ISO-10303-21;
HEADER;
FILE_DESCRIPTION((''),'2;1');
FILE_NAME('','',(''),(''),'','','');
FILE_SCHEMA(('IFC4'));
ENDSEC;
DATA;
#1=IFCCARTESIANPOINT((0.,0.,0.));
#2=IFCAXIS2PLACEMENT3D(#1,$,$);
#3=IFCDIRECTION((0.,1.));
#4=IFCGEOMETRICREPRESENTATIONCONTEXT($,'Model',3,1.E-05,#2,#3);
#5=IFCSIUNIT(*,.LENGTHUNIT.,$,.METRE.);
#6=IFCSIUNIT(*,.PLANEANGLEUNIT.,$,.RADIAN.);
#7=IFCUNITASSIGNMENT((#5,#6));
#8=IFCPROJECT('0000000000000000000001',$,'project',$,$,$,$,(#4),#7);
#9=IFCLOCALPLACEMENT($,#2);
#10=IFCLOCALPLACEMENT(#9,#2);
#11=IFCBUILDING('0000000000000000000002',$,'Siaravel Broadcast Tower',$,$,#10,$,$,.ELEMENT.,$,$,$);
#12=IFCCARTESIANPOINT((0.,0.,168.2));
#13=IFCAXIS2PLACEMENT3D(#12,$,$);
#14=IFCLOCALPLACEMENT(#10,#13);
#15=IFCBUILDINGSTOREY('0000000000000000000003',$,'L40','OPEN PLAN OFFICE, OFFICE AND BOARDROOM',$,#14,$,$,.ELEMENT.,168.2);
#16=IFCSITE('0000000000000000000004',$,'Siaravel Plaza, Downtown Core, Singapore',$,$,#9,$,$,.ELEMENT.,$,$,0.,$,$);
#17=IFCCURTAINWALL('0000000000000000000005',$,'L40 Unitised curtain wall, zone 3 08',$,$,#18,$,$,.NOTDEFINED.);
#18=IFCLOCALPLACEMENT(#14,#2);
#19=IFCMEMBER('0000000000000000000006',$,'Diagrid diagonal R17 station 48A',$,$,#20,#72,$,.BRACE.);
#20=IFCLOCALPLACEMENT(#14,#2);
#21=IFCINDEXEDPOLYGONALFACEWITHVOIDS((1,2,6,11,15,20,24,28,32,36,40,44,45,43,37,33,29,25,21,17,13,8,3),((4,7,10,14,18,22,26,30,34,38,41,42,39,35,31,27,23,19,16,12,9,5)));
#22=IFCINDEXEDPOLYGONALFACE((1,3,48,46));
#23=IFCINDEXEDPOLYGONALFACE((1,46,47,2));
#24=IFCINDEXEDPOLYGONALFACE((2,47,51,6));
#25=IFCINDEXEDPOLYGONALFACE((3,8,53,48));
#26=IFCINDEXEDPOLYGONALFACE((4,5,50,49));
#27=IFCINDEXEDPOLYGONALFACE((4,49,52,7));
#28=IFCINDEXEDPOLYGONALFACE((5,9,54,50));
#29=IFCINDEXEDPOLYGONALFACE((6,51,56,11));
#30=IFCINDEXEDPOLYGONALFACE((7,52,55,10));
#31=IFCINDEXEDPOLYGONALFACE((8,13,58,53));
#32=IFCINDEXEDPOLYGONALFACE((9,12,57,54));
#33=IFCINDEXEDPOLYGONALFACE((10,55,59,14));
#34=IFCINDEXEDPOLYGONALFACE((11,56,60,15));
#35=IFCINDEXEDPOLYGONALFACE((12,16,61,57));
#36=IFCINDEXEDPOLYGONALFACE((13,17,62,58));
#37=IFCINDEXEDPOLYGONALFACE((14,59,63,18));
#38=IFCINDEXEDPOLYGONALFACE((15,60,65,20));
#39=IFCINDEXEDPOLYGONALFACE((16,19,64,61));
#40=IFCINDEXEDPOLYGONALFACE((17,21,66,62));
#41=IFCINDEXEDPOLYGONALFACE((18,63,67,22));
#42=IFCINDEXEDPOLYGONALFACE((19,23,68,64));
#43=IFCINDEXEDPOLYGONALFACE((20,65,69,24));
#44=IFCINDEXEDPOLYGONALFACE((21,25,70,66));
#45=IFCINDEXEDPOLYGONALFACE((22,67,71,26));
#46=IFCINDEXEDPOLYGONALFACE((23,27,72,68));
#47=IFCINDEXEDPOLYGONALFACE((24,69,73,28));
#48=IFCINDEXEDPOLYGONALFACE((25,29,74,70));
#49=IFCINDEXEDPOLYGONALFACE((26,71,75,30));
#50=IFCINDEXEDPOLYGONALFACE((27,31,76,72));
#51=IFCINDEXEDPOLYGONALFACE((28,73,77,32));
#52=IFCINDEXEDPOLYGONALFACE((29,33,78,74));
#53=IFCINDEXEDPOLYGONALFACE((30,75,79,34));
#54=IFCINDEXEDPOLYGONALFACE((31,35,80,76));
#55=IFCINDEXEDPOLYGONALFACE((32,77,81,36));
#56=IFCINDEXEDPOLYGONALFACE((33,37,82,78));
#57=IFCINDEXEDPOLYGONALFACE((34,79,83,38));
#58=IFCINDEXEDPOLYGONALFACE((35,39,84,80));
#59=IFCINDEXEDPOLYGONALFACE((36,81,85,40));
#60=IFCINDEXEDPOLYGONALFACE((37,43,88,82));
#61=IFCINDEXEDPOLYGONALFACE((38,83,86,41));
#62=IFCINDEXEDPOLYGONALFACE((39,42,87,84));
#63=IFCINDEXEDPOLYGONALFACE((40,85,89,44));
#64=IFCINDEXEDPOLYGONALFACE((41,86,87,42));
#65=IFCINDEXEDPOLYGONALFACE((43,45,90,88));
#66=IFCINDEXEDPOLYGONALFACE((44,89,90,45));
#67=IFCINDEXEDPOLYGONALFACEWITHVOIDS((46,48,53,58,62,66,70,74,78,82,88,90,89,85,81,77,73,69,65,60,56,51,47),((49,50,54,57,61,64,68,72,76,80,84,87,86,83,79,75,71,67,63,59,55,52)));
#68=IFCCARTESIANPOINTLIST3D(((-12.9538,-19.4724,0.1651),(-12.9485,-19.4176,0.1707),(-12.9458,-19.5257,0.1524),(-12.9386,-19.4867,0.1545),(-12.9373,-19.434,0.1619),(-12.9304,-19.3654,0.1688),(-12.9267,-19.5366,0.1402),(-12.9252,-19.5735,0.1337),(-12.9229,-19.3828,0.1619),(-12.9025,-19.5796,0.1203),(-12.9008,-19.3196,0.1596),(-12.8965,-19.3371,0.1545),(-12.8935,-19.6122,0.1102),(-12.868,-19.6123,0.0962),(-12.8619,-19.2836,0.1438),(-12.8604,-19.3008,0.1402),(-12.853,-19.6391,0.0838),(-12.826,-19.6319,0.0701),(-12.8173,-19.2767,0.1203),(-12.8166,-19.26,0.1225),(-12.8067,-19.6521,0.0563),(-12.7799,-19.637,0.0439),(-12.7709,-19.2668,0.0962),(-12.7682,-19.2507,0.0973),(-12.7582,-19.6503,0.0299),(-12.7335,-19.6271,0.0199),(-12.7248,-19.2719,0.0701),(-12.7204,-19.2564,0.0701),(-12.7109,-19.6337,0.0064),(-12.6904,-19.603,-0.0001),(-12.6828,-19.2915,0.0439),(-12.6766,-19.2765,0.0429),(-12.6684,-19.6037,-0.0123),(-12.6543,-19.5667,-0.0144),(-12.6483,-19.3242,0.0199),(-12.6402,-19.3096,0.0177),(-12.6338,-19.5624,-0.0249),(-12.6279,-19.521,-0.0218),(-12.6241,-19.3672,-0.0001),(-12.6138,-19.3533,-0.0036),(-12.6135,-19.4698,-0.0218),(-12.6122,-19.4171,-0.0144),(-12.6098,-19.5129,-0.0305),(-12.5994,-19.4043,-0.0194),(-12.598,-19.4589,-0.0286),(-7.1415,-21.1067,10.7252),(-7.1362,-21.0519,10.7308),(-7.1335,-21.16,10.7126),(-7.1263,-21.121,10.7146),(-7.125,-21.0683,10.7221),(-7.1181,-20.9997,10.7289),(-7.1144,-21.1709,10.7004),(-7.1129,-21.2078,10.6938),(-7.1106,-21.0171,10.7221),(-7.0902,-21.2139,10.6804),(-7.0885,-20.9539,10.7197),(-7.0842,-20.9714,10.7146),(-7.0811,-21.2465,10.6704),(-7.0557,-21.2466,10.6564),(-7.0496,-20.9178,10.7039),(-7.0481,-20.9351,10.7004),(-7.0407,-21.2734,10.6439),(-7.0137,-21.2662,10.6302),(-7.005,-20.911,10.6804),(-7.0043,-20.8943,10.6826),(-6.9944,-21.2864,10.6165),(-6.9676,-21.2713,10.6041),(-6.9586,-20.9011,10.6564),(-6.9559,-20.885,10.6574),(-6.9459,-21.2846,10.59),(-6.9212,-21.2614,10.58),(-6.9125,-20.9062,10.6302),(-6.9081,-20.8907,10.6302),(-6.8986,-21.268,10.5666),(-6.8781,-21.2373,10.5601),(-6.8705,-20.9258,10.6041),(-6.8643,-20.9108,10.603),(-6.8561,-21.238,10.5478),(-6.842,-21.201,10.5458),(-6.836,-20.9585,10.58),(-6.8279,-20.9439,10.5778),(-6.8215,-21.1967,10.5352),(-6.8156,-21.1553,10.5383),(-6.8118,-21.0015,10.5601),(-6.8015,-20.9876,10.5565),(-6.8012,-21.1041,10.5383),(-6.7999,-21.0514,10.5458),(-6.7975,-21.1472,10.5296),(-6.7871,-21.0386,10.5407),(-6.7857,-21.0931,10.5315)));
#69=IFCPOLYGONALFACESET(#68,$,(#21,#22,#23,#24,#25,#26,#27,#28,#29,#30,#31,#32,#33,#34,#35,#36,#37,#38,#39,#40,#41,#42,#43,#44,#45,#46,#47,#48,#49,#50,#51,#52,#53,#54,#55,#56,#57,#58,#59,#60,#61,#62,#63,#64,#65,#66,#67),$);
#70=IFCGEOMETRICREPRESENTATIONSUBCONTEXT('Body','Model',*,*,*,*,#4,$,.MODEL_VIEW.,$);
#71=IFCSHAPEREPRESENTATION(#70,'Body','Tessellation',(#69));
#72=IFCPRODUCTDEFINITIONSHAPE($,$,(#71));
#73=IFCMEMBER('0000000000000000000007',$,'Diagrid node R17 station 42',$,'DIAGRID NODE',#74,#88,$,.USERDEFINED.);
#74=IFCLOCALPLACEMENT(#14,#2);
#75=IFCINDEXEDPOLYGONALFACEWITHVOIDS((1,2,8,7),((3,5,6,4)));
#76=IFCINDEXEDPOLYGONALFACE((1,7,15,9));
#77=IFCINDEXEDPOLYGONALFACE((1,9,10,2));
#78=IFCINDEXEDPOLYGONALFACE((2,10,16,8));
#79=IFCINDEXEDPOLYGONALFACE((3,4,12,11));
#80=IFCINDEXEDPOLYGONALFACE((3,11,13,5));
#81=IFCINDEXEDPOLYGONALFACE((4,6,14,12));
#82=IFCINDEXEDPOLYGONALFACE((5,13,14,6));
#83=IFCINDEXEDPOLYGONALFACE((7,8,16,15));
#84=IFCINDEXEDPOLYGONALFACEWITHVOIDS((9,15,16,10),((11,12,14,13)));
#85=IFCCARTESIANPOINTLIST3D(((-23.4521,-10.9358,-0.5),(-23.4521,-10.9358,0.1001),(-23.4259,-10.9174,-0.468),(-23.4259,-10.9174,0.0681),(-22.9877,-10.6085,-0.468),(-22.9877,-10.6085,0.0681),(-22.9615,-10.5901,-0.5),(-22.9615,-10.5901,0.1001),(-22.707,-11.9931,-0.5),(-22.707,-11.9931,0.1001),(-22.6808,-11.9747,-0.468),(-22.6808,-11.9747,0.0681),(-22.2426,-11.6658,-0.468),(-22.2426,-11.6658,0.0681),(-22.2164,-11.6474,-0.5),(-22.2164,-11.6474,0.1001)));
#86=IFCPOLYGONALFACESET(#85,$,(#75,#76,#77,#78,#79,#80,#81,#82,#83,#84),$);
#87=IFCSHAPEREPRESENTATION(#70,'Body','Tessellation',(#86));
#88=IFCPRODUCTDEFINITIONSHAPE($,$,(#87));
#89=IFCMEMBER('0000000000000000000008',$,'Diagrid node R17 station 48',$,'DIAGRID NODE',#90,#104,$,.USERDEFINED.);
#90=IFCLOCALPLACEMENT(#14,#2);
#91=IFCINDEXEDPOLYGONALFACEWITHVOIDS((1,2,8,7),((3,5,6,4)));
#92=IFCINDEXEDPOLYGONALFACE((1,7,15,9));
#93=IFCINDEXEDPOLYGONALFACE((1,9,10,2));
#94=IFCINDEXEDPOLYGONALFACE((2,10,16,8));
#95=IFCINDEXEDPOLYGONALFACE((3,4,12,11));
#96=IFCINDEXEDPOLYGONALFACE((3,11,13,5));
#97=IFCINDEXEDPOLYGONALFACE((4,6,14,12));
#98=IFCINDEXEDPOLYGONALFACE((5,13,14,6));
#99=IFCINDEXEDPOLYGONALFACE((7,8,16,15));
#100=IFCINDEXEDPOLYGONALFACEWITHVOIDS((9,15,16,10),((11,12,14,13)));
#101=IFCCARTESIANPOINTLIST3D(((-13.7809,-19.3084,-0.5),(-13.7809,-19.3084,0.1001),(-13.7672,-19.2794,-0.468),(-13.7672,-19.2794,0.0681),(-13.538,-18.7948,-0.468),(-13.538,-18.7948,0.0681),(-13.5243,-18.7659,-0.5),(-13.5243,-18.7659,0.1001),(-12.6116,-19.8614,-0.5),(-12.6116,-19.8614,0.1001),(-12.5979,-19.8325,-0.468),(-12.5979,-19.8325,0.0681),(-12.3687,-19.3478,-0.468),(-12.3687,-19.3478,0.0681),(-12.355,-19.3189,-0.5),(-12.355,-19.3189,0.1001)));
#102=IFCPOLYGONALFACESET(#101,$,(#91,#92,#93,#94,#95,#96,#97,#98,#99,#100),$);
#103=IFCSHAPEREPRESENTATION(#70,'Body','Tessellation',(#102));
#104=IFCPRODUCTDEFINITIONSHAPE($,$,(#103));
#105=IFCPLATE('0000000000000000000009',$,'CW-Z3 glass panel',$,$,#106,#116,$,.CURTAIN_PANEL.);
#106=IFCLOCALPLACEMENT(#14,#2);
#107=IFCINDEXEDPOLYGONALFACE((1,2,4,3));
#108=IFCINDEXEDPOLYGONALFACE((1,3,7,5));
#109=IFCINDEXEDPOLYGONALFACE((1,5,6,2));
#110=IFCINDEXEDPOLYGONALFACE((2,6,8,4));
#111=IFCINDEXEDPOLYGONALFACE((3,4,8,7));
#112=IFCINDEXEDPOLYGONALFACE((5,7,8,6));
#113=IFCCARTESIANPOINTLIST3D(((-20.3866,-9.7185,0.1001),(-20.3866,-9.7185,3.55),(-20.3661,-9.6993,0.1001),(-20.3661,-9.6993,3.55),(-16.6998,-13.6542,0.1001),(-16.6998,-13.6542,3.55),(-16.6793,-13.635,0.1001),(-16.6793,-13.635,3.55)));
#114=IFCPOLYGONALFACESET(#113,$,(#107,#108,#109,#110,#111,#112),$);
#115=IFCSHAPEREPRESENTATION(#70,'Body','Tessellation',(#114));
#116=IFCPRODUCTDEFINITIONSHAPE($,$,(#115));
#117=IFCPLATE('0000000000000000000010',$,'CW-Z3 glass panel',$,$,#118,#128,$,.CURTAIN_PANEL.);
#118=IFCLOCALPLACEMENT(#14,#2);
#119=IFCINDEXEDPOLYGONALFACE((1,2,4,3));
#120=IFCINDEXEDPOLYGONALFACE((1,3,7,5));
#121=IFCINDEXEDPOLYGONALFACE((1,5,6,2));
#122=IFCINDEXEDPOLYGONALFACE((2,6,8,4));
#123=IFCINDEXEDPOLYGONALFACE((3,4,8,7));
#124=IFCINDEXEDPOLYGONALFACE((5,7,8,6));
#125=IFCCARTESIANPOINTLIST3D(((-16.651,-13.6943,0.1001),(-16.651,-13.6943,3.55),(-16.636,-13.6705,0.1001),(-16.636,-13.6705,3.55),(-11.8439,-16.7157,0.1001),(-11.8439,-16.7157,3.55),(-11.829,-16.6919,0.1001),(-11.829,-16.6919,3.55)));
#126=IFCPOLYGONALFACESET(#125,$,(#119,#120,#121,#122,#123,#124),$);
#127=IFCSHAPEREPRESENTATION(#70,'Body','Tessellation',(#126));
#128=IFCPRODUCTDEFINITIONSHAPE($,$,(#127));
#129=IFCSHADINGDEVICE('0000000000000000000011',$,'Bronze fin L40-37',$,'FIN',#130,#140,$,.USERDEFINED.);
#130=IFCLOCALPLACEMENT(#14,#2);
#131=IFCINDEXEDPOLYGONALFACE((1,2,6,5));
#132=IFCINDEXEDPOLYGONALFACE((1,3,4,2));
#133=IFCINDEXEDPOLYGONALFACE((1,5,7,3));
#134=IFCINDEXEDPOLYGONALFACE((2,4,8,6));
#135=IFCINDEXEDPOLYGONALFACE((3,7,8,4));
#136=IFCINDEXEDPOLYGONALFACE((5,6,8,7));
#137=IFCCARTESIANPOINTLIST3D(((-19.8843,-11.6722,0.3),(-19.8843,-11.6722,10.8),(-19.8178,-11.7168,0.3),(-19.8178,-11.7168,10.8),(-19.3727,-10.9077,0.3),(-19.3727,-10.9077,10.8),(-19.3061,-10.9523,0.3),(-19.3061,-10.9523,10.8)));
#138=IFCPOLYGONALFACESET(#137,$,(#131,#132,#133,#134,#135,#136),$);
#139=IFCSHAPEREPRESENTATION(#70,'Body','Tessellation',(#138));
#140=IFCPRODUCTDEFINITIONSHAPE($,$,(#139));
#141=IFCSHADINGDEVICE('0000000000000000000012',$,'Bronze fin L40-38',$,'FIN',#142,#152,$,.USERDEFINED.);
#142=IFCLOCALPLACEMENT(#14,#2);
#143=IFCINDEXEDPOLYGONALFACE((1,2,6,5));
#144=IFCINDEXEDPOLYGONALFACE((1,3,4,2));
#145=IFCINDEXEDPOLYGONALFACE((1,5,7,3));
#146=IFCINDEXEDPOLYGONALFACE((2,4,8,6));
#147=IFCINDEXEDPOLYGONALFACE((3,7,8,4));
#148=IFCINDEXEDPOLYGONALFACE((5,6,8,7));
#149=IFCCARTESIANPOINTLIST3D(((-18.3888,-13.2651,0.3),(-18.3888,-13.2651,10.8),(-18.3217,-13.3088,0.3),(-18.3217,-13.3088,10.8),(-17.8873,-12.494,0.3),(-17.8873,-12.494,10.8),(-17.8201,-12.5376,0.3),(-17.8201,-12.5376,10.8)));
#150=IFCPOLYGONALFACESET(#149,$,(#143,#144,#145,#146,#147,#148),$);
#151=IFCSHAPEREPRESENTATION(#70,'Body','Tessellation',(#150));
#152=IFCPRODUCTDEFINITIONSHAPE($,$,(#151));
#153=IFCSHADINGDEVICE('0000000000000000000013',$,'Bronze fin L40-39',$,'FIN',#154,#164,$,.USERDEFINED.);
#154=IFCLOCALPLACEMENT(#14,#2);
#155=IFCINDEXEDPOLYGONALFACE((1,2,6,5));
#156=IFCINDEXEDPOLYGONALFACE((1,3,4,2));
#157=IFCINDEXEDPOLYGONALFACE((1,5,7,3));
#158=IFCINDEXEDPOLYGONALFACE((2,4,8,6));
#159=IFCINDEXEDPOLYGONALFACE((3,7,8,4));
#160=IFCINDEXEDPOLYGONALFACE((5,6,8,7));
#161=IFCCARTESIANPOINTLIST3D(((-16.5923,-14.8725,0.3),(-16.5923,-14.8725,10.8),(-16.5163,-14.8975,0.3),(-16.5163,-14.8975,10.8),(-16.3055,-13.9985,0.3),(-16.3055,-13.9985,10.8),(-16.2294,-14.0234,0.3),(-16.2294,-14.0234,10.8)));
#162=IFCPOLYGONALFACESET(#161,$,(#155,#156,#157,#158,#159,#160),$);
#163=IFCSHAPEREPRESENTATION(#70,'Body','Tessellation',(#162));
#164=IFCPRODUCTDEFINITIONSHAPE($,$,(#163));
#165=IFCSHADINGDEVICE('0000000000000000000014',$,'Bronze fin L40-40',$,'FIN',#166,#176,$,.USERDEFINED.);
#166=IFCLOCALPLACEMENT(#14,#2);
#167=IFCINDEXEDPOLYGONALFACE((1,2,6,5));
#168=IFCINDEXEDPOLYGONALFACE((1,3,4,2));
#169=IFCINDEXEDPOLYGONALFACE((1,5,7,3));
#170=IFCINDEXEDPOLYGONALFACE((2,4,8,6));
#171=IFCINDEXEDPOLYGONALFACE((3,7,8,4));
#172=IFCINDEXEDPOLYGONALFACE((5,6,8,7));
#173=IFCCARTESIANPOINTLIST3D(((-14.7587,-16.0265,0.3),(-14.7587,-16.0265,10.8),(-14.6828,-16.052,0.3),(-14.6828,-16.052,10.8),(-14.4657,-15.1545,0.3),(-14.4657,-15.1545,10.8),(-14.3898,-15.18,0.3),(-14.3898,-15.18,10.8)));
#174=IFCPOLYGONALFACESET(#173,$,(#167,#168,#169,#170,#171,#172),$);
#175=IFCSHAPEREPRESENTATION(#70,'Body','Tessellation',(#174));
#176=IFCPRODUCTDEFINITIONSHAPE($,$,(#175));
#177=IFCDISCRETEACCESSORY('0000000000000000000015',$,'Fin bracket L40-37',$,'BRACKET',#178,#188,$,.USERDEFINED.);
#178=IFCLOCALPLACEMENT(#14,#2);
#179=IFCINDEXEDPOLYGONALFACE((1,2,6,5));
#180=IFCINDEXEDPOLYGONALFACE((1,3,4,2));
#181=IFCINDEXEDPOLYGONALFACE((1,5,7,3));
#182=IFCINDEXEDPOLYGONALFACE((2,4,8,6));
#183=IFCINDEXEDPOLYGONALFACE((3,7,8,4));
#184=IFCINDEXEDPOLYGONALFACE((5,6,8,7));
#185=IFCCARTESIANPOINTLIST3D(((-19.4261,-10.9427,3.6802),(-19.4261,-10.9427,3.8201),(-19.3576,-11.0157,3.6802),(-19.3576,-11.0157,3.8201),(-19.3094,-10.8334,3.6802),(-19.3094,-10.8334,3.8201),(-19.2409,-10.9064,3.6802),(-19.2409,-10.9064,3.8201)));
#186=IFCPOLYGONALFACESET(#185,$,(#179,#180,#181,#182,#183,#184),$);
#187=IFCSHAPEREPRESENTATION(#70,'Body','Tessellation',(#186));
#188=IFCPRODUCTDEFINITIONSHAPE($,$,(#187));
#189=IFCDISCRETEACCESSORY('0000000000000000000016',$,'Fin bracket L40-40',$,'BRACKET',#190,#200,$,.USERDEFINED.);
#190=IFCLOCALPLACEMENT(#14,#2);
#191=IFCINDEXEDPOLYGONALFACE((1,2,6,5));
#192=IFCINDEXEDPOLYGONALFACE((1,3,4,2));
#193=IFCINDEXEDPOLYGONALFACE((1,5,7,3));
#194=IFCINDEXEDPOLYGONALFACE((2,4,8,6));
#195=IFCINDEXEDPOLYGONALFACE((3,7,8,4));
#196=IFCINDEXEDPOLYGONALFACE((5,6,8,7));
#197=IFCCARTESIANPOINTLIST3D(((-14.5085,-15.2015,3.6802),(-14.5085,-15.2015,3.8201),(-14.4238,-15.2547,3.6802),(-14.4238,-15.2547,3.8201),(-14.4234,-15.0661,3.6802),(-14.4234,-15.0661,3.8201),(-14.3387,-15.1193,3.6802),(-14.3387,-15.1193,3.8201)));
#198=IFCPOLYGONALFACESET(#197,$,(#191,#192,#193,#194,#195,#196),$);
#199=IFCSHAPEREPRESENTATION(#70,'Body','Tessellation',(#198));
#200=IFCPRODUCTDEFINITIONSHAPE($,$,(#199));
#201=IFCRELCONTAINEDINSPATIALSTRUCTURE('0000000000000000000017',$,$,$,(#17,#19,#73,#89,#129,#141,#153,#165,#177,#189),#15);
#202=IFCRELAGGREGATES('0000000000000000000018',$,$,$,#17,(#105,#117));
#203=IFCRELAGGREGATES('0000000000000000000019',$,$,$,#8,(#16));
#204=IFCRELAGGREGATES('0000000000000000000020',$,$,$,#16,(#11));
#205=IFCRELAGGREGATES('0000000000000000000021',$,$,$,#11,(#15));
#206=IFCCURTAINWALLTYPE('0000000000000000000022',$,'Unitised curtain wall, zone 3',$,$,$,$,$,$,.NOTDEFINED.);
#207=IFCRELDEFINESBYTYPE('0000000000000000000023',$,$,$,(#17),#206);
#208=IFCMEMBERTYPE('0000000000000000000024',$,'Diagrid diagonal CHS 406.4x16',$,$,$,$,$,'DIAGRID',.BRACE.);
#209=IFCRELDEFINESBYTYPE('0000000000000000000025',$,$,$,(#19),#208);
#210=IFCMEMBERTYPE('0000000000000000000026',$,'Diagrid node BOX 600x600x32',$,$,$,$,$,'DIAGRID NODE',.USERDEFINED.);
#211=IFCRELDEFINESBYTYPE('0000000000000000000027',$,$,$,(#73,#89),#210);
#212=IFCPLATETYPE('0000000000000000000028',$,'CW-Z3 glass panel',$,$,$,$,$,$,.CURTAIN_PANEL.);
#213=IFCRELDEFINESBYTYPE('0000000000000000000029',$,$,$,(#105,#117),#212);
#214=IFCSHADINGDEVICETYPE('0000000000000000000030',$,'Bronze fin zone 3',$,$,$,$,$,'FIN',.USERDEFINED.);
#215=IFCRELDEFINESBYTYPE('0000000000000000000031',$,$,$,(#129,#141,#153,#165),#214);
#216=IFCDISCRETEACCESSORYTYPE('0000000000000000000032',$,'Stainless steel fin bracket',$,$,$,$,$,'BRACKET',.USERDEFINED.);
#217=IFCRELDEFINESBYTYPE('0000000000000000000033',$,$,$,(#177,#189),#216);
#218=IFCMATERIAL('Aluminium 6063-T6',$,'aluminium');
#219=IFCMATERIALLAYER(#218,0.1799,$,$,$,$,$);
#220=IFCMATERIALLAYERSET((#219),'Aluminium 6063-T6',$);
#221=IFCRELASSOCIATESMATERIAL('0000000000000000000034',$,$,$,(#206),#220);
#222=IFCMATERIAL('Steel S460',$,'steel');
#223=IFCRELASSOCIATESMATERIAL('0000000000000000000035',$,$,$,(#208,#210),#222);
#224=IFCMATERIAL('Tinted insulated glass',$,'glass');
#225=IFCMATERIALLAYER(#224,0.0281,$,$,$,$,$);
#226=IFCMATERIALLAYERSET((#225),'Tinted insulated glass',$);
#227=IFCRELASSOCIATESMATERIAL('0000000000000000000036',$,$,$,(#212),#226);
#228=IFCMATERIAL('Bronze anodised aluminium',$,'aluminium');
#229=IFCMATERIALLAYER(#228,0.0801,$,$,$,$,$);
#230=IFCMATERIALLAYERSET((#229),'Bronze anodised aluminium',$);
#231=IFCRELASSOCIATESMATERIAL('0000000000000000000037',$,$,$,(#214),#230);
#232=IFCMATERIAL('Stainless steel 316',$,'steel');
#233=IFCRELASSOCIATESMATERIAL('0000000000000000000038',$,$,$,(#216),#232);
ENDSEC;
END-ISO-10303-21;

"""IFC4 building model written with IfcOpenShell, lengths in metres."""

from ifc_helpers import new_model, si_unit, direction, frame, origin, origin_2d, place, context, subcontext, project, spatial, rectangle, hollow_rectangle, hollow_circle, extrude, material, layer, layer_set, material_profile, profile_set, type_object, element, aggregate, save


model = new_model("IFC4")

# Units and contexts
model_context = context("Model", 3, precision=1e-05, world=origin(), true_north=direction((0.0, 1.0)))
body_context = subcontext(model_context, "Body", "Model", "MODEL_VIEW")
ifc_project = project(units=[si_unit("LENGTHUNIT", "METRE"), si_unit("PLANEANGLEUNIT", "RADIAN")], contexts=[model_context])

# Site, building, storey
site_placement = place(None, origin())
site = spatial("IfcSite", under=ifc_project, at=site_placement, Name="Siaravel Plaza, Downtown Core, Singapore", CompositionType="ELEMENT", RefElevation=0.0)
building_placement = place(site_placement, origin())
building = spatial("IfcBuilding", under=site, at=building_placement, Name="Siaravel Broadcast Tower", CompositionType="ELEMENT")
storey_placement = place(building_placement, frame((0.0, 0.0, 168.2)))
storey = spatial("IfcBuildingStorey", under=building, at=storey_placement, Name="L40", Description="OPEN PLAN OFFICE, OFFICE AND BOARDROOM", CompositionType="ELEMENT", Elevation=168.2)

# Shared definitions
ifc_material_1 = material(Name="Aluminium 6063-T6", Category="aluminium")
ifc_layer_1 = layer(ifc_material_1, 0.1799)
ifc_layer_set_1 = layer_set([ifc_layer_1], Name="Aluminium 6063-T6")
curtain_wall_type = type_object("IfcCurtainWallType", Name="Unitised curtain wall, zone 3", PredefinedType="NOTDEFINED", material=ifc_layer_set_1)

# Curtain wall
curtain_wall_1_placement = place(storey_placement, origin())
curtain_wall_1 = element("IfcCurtainWall", 1, at=curtain_wall_1_placement, inside=storey, type_object=curtain_wall_type, Name="L40 Unitised curtain wall, zone 3 08", PredefinedType="NOTDEFINED")

# Members
ifc_material_2 = material(Name="Steel S460", Category="steel")
ifc_material_profile_1 = material_profile(ifc_material_2, hollow_circle(Radius=0.2031, WallThickness=0.0161, at=origin_2d()))
ifc_profile_set_1 = profile_set([ifc_material_profile_1], Name="Steel S460")
member_type_1 = type_object("IfcMemberType", Name="Diagrid diagonal CHS 406.4x16", ElementType="DIAGRID", PredefinedType="BRACE", material=ifc_profile_set_1)
member_1_placement = place(storey_placement, frame((-12.7754, -19.4519, 0.0701), z_axis=(0.477816, -0.134351, 0.868125), x_axis=(0.270681, 0.962669, 0.0)))
element("IfcMember", 2, at=member_1_placement, inside=storey, type_object=member_type_1, Name="Diagrid diagonal R17 station 48A", PredefinedType="BRACE", context=body_context, shape_type="SweptSolid", body=[
    extrude(hollow_circle(Radius=0.2031, WallThickness=0.0161, at=origin_2d()), origin(), (0.0, 0.0, 1.0), 12.1643),
])
ifc_material_profile_2 = material_profile(ifc_material_2, hollow_rectangle(XDim=0.6001, YDim=0.6001, WallThickness=0.032, at=origin_2d()))
ifc_profile_set_2 = profile_set([ifc_material_profile_2], Name="Steel S460")
member_type_2 = type_object("IfcMemberType", Name="Diagrid node BOX 600x600x32", ElementType="DIAGRID NODE", PredefinedType="USERDEFINED", material=ifc_profile_set_2)
for number, where, z_axis, x_axis, name in (
    (3, (-23.2068, -10.7629, -0.2), (0.576031, -0.817428, 0.0), (0.817428, 0.576031, 0.0), "Diagrid node R17 station 42"),
    (4, (-13.6526, -19.0371, -0.2), (0.903991, -0.427551, 0.0), (0.427551, 0.903991, 0.0), "Diagrid node R17 station 48"),
):
    element("IfcMember", number, at=place(storey_placement, frame(where, z_axis=z_axis, x_axis=x_axis)), inside=storey, type_object=member_type_2, Name=name, ObjectType="DIAGRID NODE", PredefinedType="USERDEFINED", context=body_context, shape_type="SweptSolid", body=[
        extrude(hollow_rectangle(XDim=0.6001, YDim=0.6001, WallThickness=0.032, at=origin_2d()), origin(), (0.0, 0.0, 1.0), 1.2935),
    ])

# Plates
ifc_material_3 = material(Name="Tinted insulated glass", Category="glass")
ifc_layer_2 = layer(ifc_material_3, 0.0281)
ifc_layer_set_2 = layer_set([ifc_layer_2], Name="Tinted insulated glass")
plate_type = type_object("IfcPlateType", Name="CW-Z3 glass panel", PredefinedType="CURTAIN_PANEL", material=ifc_layer_set_2)
plate_1_placement = place(storey_placement, frame((-18.533, -11.6768, 0.1001), z_axis=(0.0, 0.0, 1.0), x_axis=(0.683655, -0.729805, 0.0)))
plate_1 = element("IfcPlate", 5, at=plate_1_placement, type_object=plate_type, Name="CW-Z3 glass panel", PredefinedType="CURTAIN_PANEL", context=body_context, shape_type="SweptSolid", body=[
    extrude(rectangle(XDim=5.3928, YDim=0.0281, at=origin_2d()), origin(), (0.0, 0.0, 1.0), 3.45),
])
plate_2_placement = place(storey_placement, frame((-14.24, -15.1931, 0.1001), z_axis=(0.0, 0.0, 1.0), x_axis=(0.846651, -0.532149, 0.0)))
plate_2 = element("IfcPlate", 6, at=plate_2_placement, type_object=plate_type, Name="CW-Z3 glass panel", PredefinedType="CURTAIN_PANEL", context=body_context, shape_type="SweptSolid", body=[
    extrude(rectangle(XDim=5.6777, YDim=0.0281, at=origin_2d()), origin(), (0.0, 0.0, 1.0), 3.45),
])
aggregate(curtain_wall_1, [plate_1, plate_2])

# Shading devices
ifc_material_4 = material(Name="Bronze anodised aluminium", Category="aluminium")
ifc_layer_3 = layer(ifc_material_4, 0.0801)
ifc_layer_set_3 = layer_set([ifc_layer_3], Name="Bronze anodised aluminium")
shading_device_type = type_object("IfcShadingDeviceType", Name="Bronze fin zone 3", ElementType="FIN", PredefinedType="USERDEFINED", material=ifc_layer_set_3)
for number, where, z_axis, x_axis, name in (
    (7, (-19.5952, -11.3123, 0.3), (0.0, 0.0, 1.0), (-0.556161, -0.831075, 0.0), "Bronze fin L40-37"),
    (8, (-18.1045, -12.9014, 0.3), (0.0, 0.0, 1.0), (-0.545229, -0.838287, 0.0), "Bronze fin L40-38"),
    (9, (-16.4109, -14.448, 0.3), (0.0, 0.0, 1.0), (-0.311786, -0.950152, 0.0), "Bronze fin L40-39"),
    (10, (-14.5742, -15.6033, 0.3), (0.0, 0.0, 1.0), (-0.318475, -0.947931, 0.0), "Bronze fin L40-40"),
):
    element("IfcShadingDevice", number, at=place(storey_placement, frame(where, z_axis=z_axis, x_axis=x_axis)), inside=storey, type_object=shading_device_type, Name=name, ObjectType="FIN", PredefinedType="USERDEFINED", context=body_context, shape_type="SweptSolid", body=[
        extrude(rectangle(XDim=0.9199, YDim=0.0801, at=origin_2d()), origin(), (0.0, 0.0, 1.0), 10.5),
    ])

# Discrete accessories
ifc_material_5 = material(Name="Stainless steel 316", Category="steel")
discrete_accessory_type_1 = type_object("IfcDiscreteAccessoryType", Name="Stainless steel fin bracket", ElementType="BRACKET", PredefinedType="USERDEFINED", material=ifc_material_5)
for number, where, z_axis, x_axis, name in (
    (11, (-19.3335, -10.9246, 3.6802), (0.0, 0.0, 1.0), (-0.729804, -0.683656, 0.0), "Fin bracket L40-37"),
    (12, (-14.4236, -15.1604, 3.6802), (0.0, 0.0, 1.0), (-0.532149, -0.84665, 0.0), "Fin bracket L40-40"),
):
    element("IfcDiscreteAccessory", number, at=place(storey_placement, frame(where, z_axis=z_axis, x_axis=x_axis)), inside=storey, type_object=discrete_accessory_type_1, Name=name, ObjectType="BRACKET", PredefinedType="USERDEFINED", context=body_context, shape_type="SweptSolid", body=[
        extrude(rectangle(XDim=0.1599, YDim=0.1001, at=origin_2d()), origin(), (0.0, 0.0, 1.0), 0.1399),
    ])

save(model, "model.ifc")
